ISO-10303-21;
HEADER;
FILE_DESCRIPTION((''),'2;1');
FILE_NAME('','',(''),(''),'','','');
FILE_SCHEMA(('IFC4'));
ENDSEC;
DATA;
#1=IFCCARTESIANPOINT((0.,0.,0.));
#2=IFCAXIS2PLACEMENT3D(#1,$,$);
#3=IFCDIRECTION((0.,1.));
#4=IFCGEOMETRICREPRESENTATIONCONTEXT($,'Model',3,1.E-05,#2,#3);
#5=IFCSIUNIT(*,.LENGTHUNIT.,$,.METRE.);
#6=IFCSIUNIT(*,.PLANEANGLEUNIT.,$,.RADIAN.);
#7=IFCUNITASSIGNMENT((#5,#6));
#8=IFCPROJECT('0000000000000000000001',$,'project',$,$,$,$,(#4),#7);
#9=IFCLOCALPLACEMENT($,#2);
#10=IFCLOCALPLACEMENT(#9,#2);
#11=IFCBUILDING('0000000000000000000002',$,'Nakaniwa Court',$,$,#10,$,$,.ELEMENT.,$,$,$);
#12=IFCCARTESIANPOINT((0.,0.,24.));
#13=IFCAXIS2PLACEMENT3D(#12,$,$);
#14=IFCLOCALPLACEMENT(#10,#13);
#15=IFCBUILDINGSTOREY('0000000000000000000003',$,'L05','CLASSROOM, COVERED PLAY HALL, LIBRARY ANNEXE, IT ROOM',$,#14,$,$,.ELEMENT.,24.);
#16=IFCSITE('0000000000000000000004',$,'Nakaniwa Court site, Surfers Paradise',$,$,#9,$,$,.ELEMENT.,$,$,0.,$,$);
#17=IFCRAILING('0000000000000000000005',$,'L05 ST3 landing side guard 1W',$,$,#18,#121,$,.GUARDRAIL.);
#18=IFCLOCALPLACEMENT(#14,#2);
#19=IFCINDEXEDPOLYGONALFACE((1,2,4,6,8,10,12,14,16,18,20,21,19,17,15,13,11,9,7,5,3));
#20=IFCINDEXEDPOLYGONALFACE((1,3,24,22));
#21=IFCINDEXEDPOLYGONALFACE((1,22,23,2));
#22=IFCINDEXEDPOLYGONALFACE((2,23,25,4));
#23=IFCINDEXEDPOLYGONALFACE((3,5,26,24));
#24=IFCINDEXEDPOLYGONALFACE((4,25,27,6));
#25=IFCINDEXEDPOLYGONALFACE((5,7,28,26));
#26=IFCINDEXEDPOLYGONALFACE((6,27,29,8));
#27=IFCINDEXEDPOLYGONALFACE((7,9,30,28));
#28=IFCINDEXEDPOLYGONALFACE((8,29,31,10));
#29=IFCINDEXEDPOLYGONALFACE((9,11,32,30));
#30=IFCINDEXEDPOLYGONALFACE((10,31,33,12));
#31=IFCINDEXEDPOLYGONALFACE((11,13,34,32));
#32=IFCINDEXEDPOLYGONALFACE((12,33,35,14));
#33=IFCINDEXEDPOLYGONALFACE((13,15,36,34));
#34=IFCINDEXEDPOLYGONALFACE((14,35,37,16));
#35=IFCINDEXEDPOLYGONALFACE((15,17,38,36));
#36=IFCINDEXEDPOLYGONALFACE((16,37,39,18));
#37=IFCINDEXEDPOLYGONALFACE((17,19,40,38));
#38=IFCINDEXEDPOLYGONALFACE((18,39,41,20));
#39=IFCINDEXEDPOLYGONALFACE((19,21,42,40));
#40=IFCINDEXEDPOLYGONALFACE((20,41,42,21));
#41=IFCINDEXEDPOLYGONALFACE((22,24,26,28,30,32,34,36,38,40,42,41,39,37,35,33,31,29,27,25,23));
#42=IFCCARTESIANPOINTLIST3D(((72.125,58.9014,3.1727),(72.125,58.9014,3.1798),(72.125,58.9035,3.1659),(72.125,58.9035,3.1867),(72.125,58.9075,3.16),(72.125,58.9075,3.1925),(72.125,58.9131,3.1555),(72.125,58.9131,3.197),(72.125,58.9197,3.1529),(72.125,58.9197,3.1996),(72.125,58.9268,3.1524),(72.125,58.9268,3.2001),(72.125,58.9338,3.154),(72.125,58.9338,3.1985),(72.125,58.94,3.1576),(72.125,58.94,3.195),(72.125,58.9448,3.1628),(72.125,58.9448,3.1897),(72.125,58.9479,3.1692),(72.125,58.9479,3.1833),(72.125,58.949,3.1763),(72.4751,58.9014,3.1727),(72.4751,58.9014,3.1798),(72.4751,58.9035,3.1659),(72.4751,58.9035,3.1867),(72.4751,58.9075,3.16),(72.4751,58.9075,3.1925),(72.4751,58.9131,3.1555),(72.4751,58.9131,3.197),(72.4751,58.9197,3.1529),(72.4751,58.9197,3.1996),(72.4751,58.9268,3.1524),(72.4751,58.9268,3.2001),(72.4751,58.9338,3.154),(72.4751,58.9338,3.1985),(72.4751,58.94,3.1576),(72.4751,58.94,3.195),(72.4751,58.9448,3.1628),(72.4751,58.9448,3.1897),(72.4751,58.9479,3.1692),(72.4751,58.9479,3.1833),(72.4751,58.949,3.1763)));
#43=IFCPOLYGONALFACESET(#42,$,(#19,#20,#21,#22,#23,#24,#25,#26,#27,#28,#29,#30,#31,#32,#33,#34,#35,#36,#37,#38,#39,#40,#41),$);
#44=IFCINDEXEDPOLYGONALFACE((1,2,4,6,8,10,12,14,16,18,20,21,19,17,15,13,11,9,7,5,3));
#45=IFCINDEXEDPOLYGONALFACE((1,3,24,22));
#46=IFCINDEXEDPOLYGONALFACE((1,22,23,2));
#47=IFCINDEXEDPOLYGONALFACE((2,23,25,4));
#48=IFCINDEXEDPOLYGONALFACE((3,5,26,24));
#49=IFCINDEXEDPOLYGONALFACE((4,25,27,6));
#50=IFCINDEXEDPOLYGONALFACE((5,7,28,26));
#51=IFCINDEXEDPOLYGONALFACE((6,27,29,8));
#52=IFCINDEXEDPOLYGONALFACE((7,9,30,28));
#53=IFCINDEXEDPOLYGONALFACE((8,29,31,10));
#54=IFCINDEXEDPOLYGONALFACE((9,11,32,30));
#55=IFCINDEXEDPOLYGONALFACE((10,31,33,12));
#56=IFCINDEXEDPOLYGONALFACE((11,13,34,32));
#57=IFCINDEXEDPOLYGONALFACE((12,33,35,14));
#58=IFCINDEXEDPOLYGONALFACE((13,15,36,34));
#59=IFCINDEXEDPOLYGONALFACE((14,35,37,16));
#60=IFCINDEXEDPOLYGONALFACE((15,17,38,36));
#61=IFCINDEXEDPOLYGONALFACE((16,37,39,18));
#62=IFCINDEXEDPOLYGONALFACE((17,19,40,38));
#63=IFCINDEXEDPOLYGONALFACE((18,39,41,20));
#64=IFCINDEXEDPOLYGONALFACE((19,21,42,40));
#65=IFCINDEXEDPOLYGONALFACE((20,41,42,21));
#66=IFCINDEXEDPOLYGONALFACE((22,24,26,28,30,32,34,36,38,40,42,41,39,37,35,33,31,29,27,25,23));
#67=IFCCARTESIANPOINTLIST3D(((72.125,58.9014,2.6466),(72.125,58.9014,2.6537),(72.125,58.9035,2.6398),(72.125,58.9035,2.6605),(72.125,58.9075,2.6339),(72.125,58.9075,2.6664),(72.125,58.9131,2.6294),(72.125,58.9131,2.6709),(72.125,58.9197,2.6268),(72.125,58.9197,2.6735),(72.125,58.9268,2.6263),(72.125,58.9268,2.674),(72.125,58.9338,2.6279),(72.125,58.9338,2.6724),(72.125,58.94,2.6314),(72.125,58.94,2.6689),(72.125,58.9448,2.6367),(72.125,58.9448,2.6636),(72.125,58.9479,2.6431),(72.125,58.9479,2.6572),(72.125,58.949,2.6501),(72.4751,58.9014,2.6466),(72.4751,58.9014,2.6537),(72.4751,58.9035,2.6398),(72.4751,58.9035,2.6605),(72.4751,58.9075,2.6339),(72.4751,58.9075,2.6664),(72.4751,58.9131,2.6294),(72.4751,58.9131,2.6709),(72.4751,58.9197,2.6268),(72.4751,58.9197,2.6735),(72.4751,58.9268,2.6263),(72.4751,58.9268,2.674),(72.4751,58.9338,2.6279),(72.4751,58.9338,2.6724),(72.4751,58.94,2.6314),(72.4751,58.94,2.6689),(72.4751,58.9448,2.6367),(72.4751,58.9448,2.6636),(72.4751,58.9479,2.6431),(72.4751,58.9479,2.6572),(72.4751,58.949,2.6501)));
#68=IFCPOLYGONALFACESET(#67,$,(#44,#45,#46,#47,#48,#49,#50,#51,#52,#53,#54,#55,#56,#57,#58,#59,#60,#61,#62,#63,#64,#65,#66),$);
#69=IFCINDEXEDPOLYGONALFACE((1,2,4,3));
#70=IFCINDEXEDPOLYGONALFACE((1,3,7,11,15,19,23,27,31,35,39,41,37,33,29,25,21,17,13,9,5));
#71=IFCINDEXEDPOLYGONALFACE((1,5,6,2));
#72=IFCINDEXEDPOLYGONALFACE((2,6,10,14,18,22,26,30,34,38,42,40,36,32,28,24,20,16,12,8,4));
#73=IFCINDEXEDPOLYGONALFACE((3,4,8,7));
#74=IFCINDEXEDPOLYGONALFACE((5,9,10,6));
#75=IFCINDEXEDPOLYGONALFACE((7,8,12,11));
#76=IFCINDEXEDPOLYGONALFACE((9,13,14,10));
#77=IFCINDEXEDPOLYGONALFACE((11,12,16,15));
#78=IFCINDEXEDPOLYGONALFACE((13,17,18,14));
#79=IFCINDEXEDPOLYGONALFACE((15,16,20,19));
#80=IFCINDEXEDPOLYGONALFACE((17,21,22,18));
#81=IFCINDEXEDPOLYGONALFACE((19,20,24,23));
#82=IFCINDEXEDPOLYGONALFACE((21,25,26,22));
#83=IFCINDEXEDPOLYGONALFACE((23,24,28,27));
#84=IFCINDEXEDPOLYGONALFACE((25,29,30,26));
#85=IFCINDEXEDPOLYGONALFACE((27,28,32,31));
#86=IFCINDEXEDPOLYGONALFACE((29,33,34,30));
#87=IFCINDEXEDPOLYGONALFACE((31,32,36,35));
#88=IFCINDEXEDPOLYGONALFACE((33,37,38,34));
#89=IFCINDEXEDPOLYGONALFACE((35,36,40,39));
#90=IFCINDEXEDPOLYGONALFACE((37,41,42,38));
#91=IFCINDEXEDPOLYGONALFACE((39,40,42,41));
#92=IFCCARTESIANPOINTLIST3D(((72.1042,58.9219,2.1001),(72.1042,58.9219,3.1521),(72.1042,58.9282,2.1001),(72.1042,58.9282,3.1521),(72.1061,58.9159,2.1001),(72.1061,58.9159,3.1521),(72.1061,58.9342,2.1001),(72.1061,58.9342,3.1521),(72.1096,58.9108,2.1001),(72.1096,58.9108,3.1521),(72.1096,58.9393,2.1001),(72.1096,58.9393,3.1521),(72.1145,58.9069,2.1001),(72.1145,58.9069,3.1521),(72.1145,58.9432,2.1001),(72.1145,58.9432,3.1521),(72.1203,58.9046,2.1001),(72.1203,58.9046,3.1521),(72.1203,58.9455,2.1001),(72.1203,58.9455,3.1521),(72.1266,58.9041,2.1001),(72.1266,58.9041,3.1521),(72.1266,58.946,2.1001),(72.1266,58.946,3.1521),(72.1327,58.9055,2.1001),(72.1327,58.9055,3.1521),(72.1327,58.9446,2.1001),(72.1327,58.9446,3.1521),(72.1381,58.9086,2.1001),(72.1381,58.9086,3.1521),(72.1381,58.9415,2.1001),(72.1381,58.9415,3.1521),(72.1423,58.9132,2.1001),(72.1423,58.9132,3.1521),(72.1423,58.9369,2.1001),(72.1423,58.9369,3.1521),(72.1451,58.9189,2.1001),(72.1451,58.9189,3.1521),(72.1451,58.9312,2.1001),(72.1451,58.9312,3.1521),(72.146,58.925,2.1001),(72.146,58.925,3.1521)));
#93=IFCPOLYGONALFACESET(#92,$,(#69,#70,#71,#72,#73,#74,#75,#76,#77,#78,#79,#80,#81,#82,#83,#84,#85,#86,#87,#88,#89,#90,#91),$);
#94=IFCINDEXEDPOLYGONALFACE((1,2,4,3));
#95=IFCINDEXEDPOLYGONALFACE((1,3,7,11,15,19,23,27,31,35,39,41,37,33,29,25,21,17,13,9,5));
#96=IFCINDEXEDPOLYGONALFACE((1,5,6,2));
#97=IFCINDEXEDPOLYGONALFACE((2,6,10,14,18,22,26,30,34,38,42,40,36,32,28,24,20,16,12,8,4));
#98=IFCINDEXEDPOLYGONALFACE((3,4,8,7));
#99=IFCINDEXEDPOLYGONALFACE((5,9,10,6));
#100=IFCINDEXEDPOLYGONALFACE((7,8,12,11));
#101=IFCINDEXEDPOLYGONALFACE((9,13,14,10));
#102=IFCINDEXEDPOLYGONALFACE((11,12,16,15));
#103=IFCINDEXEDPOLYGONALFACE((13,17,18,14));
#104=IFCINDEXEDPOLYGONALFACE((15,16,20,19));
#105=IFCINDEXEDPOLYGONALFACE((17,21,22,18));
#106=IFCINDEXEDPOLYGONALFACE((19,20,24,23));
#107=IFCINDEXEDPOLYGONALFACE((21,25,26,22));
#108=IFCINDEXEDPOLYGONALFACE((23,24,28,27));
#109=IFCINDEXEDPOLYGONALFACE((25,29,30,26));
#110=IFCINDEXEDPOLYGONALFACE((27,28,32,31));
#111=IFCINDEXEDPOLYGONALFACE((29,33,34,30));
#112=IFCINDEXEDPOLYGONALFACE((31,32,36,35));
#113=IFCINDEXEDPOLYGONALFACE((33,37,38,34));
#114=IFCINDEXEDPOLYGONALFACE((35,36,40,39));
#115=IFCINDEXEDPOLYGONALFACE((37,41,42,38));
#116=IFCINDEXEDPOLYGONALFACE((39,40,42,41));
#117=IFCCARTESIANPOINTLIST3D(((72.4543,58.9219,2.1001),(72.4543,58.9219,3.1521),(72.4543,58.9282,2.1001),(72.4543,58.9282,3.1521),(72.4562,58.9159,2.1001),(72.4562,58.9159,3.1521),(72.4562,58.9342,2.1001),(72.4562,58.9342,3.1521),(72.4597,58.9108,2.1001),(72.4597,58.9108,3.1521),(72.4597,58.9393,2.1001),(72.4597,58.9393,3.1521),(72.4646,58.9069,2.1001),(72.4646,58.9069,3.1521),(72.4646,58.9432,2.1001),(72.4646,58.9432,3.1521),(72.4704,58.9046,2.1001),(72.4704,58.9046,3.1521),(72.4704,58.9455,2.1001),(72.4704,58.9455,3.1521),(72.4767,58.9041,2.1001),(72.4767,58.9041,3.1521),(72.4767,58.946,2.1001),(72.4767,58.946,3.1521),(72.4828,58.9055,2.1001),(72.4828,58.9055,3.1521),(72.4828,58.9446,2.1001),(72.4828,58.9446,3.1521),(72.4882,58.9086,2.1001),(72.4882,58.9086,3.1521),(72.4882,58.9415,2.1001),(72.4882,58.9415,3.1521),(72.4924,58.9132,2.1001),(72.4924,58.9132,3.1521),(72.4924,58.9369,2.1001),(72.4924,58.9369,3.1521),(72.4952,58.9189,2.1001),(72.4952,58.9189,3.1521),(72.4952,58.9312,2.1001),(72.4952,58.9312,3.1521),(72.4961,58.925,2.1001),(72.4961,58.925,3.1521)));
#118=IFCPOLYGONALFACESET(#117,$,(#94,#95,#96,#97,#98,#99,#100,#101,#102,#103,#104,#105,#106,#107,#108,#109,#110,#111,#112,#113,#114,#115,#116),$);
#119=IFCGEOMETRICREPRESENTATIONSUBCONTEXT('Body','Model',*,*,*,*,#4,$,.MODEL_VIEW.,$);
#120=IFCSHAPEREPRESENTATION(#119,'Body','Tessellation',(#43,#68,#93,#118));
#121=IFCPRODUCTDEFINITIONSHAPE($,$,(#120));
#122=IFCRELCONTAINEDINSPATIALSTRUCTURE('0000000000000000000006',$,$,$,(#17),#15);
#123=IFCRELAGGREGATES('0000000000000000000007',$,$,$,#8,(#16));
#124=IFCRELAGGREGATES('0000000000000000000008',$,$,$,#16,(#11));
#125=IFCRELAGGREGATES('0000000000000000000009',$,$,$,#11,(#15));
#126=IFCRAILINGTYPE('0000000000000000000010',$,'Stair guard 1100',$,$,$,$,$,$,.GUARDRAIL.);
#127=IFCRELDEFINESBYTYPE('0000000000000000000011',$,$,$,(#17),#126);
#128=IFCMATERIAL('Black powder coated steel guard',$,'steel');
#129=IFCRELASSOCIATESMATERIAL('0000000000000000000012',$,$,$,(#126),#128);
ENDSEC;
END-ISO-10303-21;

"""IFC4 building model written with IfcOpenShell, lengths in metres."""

from ifc_helpers import new_model, si_unit, direction, frame, origin, origin_2d, place, context, subcontext, project, spatial, circle, extrude, material, type_object, element, save


model = new_model("IFC4")

# Units and contexts
model_context = context("Model", 3, precision=1e-05, world=origin(), true_north=direction((0.0, 1.0)))
body_context = subcontext(model_context, "Body", "Model", "MODEL_VIEW")
ifc_project = project(units=[si_unit("LENGTHUNIT", "METRE"), si_unit("PLANEANGLEUNIT", "RADIAN")], contexts=[model_context])

# Site, building, storey
site_placement = place(None, origin())
site = spatial("IfcSite", under=ifc_project, at=site_placement, Name="Nakaniwa Court site, Surfers Paradise", CompositionType="ELEMENT", RefElevation=0.0)
building_placement = place(site_placement, origin())
building = spatial("IfcBuilding", under=site, at=building_placement, Name="Nakaniwa Court", CompositionType="ELEMENT")
storey_placement = place(building_placement, frame((0.0, 0.0, 24.0)))
storey = spatial("IfcBuildingStorey", under=building, at=storey_placement, Name="L05", Description="CLASSROOM, COVERED PLAY HALL, LIBRARY ANNEXE, IT ROOM", CompositionType="ELEMENT", Elevation=24.0)

# Railing
ifc_material_1 = material(Name="Black powder coated steel guard", Category="steel")
railing_type_1 = type_object("IfcRailingType", Name="Stair guard 1100", PredefinedType="GUARDRAIL", material=ifc_material_1)
railing_1_placement = place(storey_placement, frame((72.125, 58.925, 2.1001)))
element("IfcRailing", 1, at=railing_1_placement, inside=storey, type_object=railing_type_1, Name="L05 ST3 landing side guard 1W", PredefinedType="GUARDRAIL", context=body_context, shape_type="SweptSolid", body=[
    extrude(circle(Radius=0.0239, at=origin_2d()), frame((0.0, 0.0, 1.0762), z_axis=(1.0, 0.0, 0.0), x_axis=(0.0, 1.0, 0.0)), (0.0, 0.0, 1.0), 0.3501),
    extrude(circle(Radius=0.0239, at=origin_2d()), frame((0.0, 0.0, 0.55), z_axis=(1.0, 0.0, 0.0), x_axis=(0.0, 1.0, 0.0)), (0.0, 0.0, 1.0), 0.3501),
    extrude(circle(Radius=0.021, at=origin_2d()), origin(), (0.0, 0.0, 1.0), 1.052),
    extrude(circle(Radius=0.021, at=origin_2d()), frame((0.3501, 0.0, 0.0)), (0.0, 0.0, 1.0), 1.052),
])

save(model, "model.ifc")
